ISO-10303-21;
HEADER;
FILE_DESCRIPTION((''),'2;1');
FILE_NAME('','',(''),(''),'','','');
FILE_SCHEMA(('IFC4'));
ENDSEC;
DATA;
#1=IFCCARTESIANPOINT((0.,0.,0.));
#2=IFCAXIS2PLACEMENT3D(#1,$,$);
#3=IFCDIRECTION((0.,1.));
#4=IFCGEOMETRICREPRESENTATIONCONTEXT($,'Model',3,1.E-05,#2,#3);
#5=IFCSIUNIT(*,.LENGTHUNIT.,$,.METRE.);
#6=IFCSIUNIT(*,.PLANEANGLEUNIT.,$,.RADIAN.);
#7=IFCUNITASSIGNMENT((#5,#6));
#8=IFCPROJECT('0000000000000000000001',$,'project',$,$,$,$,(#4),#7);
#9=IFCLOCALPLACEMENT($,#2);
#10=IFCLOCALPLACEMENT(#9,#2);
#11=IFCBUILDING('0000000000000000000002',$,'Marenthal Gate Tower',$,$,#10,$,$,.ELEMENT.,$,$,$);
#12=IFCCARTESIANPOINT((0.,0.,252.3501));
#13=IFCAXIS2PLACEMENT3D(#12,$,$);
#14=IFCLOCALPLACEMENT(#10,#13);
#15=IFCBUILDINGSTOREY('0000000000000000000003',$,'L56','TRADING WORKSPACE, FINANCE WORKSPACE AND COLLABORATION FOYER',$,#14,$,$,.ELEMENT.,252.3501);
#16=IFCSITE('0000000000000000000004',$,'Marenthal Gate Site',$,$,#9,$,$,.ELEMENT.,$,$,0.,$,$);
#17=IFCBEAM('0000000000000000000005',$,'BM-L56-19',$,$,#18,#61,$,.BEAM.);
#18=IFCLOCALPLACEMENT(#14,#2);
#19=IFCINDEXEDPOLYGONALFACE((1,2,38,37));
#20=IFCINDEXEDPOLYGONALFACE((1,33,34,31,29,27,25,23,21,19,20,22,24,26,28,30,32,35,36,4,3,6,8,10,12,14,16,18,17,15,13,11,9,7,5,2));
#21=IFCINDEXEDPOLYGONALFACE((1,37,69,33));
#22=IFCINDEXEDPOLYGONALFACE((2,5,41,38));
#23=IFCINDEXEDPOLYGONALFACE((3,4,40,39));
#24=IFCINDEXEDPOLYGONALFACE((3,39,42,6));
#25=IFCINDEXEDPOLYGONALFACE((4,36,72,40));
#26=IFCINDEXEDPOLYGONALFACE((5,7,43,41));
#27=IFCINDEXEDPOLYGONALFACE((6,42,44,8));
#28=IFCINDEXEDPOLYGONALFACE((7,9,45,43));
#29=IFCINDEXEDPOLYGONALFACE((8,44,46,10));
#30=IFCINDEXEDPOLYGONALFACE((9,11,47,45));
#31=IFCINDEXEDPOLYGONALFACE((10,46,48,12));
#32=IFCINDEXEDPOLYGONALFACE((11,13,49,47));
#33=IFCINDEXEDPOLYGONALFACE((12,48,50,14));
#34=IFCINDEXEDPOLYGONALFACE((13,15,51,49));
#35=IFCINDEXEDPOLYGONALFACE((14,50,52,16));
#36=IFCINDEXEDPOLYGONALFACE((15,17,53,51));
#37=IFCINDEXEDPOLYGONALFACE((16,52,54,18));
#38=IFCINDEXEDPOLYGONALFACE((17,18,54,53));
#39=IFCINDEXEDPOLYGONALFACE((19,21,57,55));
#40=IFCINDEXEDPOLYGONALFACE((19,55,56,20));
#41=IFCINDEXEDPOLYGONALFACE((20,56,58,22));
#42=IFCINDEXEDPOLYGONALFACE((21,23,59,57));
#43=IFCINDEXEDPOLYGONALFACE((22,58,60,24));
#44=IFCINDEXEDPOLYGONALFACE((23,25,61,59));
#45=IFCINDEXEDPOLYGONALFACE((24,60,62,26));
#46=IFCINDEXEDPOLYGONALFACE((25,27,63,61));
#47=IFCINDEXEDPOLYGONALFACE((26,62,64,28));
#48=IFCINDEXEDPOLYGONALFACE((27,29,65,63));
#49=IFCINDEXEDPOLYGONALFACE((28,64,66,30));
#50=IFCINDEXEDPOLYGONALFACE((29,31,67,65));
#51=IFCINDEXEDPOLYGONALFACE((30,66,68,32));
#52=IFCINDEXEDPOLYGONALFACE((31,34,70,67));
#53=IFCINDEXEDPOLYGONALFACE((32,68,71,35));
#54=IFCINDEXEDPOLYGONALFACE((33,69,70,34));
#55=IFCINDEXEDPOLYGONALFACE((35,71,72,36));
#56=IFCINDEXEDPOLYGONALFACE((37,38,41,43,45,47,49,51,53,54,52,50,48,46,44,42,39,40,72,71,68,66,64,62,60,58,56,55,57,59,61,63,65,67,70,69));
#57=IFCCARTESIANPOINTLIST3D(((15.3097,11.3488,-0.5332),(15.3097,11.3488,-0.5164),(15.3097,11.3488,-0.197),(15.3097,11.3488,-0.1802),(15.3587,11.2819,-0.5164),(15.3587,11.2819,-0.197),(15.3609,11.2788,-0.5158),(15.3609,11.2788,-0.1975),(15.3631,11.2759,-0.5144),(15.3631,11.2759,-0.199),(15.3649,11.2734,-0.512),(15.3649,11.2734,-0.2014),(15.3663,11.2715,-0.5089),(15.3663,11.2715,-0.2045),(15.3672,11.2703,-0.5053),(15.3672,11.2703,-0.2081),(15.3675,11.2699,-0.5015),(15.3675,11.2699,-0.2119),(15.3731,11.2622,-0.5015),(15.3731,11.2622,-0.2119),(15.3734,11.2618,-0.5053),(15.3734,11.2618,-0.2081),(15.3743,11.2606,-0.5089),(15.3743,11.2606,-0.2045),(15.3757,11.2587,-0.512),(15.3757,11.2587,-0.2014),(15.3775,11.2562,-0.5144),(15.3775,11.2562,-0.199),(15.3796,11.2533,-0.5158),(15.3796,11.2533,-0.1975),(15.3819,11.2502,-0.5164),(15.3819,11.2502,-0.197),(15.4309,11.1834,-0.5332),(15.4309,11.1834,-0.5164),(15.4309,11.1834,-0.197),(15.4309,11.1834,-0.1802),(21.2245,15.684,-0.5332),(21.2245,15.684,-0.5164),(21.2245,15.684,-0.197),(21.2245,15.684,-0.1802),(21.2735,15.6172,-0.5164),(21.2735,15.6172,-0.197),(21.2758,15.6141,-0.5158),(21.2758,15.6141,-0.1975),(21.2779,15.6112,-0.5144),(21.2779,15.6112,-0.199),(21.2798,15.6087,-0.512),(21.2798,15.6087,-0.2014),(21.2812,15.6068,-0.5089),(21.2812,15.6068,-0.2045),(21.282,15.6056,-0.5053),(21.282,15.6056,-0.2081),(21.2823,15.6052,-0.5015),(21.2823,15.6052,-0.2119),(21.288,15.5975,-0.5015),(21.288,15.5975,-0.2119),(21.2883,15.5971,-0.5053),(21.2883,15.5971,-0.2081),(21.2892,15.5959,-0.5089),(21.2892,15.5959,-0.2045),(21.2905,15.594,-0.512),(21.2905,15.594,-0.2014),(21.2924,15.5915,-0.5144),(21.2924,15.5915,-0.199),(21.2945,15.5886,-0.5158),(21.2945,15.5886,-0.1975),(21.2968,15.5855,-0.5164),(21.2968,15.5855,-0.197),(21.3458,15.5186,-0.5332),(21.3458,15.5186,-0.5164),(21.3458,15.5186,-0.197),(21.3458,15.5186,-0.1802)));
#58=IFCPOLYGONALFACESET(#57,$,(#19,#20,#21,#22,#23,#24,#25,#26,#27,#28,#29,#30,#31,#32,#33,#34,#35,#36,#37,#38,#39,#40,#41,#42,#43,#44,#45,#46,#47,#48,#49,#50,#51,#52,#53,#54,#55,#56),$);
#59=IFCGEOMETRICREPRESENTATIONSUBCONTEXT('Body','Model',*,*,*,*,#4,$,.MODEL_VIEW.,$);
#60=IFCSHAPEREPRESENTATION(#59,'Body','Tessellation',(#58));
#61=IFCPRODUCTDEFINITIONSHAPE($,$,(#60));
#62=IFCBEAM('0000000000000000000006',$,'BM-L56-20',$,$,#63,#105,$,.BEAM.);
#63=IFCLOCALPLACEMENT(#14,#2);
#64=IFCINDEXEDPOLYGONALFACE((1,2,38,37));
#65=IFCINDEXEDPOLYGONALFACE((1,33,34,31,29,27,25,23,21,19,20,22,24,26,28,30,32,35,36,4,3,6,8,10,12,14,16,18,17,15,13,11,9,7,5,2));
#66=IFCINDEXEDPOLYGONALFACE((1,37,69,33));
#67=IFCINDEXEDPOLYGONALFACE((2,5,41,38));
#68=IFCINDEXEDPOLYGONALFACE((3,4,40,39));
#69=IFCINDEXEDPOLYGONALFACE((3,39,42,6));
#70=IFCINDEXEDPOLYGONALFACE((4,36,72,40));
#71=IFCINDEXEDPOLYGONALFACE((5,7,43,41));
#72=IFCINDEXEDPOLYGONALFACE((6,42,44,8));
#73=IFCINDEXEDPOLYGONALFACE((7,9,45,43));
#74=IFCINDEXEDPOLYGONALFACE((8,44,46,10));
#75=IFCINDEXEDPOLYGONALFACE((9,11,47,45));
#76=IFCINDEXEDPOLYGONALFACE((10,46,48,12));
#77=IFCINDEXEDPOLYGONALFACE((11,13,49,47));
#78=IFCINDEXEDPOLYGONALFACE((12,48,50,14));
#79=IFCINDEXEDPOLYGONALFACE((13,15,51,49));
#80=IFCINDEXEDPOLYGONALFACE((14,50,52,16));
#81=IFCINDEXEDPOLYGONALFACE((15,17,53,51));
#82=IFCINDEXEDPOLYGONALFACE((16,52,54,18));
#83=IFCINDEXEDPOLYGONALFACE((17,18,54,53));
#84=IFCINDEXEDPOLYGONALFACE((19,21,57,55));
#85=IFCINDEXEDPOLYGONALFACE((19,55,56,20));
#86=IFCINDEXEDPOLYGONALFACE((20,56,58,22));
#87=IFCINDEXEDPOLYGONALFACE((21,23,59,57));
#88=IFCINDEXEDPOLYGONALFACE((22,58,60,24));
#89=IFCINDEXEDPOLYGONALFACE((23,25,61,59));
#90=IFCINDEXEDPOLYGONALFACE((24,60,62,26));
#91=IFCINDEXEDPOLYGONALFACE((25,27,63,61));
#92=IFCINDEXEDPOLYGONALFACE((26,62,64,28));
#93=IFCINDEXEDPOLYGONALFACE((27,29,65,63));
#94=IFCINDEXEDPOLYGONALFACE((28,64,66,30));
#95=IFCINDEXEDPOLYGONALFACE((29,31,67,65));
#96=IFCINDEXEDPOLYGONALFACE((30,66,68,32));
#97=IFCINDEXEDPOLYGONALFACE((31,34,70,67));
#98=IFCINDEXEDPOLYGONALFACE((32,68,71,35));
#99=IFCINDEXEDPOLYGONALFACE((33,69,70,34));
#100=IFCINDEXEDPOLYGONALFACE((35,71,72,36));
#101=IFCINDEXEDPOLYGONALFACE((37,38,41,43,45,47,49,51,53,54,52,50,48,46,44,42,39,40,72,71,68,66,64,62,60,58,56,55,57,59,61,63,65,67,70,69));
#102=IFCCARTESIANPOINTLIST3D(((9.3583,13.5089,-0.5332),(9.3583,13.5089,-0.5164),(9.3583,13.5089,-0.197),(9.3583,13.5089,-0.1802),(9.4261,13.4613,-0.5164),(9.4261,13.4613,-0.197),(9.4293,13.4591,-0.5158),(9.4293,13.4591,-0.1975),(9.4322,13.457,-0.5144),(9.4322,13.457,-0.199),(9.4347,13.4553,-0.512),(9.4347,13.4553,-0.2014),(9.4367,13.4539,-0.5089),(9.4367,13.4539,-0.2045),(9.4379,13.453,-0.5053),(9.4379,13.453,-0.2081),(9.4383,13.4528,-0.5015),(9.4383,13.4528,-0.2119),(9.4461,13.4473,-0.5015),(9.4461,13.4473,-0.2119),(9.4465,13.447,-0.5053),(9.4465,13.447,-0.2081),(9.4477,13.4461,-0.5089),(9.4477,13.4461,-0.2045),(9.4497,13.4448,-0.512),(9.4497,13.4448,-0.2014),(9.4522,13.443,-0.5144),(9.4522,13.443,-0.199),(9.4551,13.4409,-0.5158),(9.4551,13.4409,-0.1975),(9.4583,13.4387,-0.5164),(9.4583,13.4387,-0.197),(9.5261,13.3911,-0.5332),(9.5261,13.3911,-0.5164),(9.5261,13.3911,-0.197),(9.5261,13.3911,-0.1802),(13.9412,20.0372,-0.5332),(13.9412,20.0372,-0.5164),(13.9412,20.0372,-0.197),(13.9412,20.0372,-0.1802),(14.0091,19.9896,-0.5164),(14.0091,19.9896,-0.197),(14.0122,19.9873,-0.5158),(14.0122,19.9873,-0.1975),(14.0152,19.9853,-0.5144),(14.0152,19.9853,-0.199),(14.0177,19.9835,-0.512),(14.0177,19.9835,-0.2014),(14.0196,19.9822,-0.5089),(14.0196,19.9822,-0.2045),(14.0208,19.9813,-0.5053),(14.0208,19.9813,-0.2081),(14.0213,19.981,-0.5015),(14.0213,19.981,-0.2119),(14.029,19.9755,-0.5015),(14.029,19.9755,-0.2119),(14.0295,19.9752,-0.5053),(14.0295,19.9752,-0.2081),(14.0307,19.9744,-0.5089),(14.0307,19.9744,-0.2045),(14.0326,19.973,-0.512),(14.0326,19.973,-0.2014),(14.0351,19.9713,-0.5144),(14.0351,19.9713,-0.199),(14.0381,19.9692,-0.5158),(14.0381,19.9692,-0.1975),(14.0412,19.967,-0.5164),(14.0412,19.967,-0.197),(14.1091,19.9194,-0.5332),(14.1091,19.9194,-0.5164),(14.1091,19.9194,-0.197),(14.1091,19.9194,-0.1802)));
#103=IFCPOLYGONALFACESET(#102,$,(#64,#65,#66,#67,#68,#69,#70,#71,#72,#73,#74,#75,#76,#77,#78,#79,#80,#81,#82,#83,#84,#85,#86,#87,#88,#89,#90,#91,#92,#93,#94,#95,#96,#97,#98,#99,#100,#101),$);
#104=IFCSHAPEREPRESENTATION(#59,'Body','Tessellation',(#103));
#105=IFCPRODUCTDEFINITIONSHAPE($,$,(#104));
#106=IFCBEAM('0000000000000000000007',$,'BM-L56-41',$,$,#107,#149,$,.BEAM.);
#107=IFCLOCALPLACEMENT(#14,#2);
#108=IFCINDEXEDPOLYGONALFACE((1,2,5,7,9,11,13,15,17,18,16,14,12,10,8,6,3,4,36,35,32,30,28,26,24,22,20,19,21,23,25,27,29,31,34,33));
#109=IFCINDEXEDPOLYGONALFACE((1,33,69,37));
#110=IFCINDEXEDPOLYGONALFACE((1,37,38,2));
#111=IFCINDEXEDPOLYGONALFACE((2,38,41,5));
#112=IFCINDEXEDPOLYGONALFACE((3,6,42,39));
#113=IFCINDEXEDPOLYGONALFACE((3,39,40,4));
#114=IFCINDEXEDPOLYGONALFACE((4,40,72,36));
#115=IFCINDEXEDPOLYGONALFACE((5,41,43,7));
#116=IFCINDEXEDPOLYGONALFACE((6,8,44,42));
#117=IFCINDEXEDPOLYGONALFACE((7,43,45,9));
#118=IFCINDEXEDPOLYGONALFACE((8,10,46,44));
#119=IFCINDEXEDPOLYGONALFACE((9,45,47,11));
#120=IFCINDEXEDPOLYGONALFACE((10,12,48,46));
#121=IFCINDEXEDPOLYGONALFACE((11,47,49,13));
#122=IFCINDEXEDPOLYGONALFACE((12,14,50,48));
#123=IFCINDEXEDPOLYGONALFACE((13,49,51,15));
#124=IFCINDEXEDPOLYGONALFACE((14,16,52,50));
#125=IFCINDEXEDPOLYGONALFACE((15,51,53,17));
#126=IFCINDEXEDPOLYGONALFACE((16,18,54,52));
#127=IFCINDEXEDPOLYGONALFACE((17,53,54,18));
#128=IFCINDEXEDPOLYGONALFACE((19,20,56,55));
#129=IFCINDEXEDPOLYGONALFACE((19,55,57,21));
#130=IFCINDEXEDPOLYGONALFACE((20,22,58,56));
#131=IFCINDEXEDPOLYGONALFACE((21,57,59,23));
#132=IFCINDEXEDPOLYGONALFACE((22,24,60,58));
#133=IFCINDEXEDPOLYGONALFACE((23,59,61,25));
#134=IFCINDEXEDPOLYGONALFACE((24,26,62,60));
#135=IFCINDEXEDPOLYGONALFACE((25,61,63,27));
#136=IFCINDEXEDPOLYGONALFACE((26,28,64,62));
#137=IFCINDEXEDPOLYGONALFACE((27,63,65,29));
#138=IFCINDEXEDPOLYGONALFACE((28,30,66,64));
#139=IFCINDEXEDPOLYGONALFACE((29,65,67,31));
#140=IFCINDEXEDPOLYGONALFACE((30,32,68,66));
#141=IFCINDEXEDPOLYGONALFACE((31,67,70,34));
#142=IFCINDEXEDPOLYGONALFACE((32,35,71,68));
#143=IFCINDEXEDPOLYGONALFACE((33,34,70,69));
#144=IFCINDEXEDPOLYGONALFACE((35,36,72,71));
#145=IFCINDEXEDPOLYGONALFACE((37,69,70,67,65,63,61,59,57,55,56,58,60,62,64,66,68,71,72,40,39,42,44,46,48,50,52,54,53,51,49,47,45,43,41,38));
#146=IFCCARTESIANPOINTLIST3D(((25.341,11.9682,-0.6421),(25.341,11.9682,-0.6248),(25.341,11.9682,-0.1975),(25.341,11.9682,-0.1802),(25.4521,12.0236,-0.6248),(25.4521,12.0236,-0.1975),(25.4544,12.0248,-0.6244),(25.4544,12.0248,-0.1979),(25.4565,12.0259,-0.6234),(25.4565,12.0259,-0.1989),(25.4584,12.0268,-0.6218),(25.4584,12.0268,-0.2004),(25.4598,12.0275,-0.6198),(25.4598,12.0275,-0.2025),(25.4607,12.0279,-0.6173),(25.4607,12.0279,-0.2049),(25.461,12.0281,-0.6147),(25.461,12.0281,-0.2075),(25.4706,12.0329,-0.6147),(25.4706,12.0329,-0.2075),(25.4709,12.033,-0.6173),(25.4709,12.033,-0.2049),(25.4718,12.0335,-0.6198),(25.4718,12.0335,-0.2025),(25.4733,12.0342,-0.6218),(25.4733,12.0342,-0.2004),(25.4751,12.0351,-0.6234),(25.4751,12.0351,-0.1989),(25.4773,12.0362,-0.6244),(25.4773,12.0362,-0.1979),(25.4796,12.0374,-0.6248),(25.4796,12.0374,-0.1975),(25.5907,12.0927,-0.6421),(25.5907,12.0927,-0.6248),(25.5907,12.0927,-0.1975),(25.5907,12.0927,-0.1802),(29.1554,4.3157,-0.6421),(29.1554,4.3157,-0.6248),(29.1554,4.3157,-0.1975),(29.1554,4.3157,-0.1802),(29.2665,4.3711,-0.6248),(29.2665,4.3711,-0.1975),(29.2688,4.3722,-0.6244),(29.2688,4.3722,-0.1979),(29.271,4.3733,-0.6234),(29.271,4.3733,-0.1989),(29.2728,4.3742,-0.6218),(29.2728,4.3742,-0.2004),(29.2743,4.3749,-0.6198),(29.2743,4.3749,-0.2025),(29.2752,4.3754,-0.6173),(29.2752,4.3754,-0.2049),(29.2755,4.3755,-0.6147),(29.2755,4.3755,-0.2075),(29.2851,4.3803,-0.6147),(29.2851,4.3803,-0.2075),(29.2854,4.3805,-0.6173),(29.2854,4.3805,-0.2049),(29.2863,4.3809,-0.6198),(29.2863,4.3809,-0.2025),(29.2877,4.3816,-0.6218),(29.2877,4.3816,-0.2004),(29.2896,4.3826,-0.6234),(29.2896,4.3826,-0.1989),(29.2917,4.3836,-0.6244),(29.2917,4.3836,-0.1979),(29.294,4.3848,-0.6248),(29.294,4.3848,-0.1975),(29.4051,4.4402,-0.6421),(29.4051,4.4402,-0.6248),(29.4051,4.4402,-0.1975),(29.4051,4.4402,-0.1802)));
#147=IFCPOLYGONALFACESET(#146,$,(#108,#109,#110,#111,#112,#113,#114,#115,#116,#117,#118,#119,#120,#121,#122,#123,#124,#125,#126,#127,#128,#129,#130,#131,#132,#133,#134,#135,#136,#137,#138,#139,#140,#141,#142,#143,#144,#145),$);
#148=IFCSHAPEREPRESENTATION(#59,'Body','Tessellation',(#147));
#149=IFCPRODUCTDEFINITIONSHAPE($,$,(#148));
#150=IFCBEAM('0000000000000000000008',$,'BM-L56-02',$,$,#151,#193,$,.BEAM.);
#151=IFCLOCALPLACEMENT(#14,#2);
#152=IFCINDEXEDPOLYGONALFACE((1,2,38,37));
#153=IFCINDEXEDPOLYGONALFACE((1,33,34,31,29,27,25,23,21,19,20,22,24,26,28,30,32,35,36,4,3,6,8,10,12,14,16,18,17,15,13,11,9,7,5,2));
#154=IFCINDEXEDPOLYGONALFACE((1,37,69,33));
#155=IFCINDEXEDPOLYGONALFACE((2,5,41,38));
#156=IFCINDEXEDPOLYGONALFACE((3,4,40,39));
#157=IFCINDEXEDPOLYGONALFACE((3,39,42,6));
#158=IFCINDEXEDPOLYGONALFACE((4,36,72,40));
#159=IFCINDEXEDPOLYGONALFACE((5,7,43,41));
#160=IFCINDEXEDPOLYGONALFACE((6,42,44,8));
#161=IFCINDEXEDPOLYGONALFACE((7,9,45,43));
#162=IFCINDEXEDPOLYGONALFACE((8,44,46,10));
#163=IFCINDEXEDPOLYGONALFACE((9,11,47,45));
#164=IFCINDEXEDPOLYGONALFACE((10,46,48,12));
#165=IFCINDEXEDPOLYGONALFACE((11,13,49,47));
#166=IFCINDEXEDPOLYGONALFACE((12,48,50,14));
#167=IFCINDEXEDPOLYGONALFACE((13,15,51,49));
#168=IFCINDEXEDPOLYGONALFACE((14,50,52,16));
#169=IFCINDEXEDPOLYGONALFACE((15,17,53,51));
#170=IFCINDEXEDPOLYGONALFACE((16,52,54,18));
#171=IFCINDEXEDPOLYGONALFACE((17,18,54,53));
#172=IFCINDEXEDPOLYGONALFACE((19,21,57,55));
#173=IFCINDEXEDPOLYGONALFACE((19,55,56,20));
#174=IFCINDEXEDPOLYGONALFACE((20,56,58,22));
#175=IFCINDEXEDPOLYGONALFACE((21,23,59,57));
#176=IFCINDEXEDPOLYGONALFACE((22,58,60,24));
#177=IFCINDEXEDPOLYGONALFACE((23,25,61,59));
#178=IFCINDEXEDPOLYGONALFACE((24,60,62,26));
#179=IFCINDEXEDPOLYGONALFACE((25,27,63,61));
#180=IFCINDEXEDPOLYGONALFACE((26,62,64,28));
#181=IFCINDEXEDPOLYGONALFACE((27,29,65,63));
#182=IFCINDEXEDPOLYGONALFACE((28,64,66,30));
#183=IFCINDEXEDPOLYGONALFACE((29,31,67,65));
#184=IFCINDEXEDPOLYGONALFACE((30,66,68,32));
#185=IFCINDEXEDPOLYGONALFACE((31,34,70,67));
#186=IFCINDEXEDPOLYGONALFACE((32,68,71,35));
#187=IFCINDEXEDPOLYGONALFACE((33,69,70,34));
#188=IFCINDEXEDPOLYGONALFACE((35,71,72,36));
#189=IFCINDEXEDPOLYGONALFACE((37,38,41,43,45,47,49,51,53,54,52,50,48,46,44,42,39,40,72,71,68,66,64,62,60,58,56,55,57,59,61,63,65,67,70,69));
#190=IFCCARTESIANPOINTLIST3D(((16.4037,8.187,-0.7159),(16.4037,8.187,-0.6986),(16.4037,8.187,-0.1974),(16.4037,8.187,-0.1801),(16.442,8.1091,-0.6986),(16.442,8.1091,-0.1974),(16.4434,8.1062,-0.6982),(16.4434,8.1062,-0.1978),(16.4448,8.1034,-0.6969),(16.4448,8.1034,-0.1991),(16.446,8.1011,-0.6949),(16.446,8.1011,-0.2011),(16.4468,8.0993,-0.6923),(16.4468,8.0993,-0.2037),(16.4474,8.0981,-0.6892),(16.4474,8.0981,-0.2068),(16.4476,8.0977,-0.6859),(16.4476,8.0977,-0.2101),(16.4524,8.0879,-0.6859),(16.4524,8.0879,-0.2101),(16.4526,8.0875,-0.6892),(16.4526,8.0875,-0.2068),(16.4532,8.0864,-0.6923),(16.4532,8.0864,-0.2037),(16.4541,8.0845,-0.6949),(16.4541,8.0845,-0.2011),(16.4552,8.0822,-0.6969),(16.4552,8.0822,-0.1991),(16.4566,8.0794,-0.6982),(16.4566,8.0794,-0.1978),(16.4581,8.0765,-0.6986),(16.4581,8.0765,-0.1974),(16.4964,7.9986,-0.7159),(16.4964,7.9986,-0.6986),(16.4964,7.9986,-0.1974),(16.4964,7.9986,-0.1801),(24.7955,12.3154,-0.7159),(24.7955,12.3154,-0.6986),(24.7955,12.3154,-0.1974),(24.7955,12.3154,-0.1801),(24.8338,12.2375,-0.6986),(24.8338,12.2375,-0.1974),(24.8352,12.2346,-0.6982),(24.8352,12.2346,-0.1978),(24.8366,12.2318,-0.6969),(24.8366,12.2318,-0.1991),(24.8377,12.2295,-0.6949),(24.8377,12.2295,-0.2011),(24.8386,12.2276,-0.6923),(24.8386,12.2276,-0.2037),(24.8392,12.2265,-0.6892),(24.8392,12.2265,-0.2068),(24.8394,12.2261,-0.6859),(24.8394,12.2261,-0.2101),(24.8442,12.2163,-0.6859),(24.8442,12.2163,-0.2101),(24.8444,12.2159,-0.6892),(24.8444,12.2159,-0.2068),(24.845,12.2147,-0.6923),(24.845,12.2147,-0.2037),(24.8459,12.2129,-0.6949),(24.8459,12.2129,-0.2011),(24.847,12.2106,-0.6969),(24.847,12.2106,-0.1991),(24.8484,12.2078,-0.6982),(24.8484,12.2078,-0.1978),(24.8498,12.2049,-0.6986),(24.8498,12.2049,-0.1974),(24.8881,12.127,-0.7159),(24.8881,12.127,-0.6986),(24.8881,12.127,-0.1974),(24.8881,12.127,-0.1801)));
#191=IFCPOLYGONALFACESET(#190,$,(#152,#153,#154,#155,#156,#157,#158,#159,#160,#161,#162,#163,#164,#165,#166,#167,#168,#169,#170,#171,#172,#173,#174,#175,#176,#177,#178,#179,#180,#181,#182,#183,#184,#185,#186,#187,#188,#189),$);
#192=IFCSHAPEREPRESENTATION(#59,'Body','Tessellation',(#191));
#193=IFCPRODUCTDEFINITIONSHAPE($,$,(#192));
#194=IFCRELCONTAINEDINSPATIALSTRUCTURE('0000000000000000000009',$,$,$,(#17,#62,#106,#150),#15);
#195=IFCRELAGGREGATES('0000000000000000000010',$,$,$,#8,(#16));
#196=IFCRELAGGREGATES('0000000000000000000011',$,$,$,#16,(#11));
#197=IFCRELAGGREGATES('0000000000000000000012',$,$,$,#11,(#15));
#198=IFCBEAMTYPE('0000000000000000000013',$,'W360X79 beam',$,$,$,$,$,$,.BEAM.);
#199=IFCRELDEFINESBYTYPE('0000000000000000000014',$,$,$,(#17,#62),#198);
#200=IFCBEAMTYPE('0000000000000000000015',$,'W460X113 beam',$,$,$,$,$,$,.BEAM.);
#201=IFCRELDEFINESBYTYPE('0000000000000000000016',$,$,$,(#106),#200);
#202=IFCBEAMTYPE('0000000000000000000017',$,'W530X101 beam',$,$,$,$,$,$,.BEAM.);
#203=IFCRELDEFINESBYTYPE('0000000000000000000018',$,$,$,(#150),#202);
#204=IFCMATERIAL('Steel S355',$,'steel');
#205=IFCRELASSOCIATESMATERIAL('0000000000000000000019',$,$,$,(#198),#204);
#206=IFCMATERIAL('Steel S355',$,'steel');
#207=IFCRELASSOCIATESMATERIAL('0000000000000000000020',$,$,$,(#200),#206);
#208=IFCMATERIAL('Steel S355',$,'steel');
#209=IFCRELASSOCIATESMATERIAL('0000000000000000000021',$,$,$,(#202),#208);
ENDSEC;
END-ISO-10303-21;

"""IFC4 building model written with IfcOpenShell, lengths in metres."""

from ifc_helpers import new_model, si_unit, direction, frame, origin, origin_2d, place, context, subcontext, project, spatial, i_section, extrude, material, material_profile, profile_set, type_object, element, save


model = new_model("IFC4")

# Units and contexts
model_context = context("Model", 3, precision=1e-05, world=origin(), true_north=direction((0.0, 1.0)))
body_context = subcontext(model_context, "Body", "Model", "MODEL_VIEW")
ifc_project = project(units=[si_unit("LENGTHUNIT", "METRE"), si_unit("PLANEANGLEUNIT", "RADIAN")], contexts=[model_context])

# Site, building, storey
site_placement = place(None, origin())
site = spatial("IfcSite", under=ifc_project, at=site_placement, Name="Marenthal Gate Site", CompositionType="ELEMENT", RefElevation=0.0)
building_placement = place(site_placement, origin())
building = spatial("IfcBuilding", under=site, at=building_placement, Name="Marenthal Gate Tower", CompositionType="ELEMENT")
storey_placement = place(building_placement, frame((0.0, 0.0, 252.3501)))
storey = spatial("IfcBuildingStorey", under=building, at=storey_placement, Name="L56", Description="TRADING WORKSPACE, FINANCE WORKSPACE AND COLLABORATION FOYER", CompositionType="ELEMENT", Elevation=252.3501)

# Beams
ifc_material_1 = material(Name="Steel S355", Category="steel")
ifc_material_profile_1 = material_profile(ifc_material_1, i_section(OverallWidth=0.2051, OverallDepth=0.353, WebThickness=0.0095, FlangeThickness=0.0168, FilletRadius=0.0149, at=origin_2d()), Name="W360X79")
ifc_profile_set_1 = profile_set([ifc_material_profile_1], Name="Steel S355")
beam_type_1 = type_object("IfcBeamType", Name="W360X79 beam", PredefinedType="BEAM", material=ifc_profile_set_1)
beam_1_placement = place(storey_placement, frame((21.2852, 15.6013, -0.3567), z_axis=(-0.806555, -0.591159, 0.0), x_axis=(0.591159, -0.806555, 0.0)))
element("IfcBeam", 1, at=beam_1_placement, inside=storey, type_object=beam_type_1, Name="BM-L56-19", PredefinedType="BEAM", context=body_context, shape_type="SweptSolid", body=[
    extrude(i_section(OverallWidth=0.2051, OverallDepth=0.353, WebThickness=0.0095, FlangeThickness=0.0168, FilletRadius=0.0149, at=origin_2d()), origin(), (0.0, 0.0, 1.0), 7.3335),
])
beam_2_placement = place(storey_placement, frame((14.0251, 19.9783, -0.3567), z_axis=(-0.574571, -0.818455, 0.0), x_axis=(0.818455, -0.574571, 0.0)))
element("IfcBeam", 2, at=beam_2_placement, inside=storey, type_object=beam_type_1, Name="BM-L56-20", PredefinedType="BEAM", context=body_context, shape_type="SweptSolid", body=[
    extrude(i_section(OverallWidth=0.2051, OverallDepth=0.353, WebThickness=0.0095, FlangeThickness=0.0168, FilletRadius=0.0149, at=origin_2d()), origin(), (0.0, 0.0, 1.0), 7.9763),
])
ifc_material_2 = material(Name="Steel S355", Category="steel")
ifc_material_profile_2 = material_profile(ifc_material_2, i_section(OverallWidth=0.2791, OverallDepth=0.4619, WebThickness=0.0107, FlangeThickness=0.0173, FilletRadius=0.01, at=origin_2d()), Name="W460X113")
ifc_profile_set_2 = profile_set([ifc_material_profile_2], Name="Steel S355")
beam_type_2 = type_object("IfcBeamType", Name="W460X113 beam", PredefinedType="BEAM", material=ifc_profile_set_2)
beam_3_placement = place(storey_placement, frame((29.2803, 4.3779, -0.4111), z_axis=(-0.446105, 0.89498, 0.0), x_axis=(-0.89498, -0.446105, 0.0)))
element("IfcBeam", 3, at=beam_3_placement, inside=storey, type_object=beam_type_2, Name="BM-L56-41", PredefinedType="BEAM", context=body_context, shape_type="SweptSolid", body=[
    extrude(i_section(OverallWidth=0.2791, OverallDepth=0.4619, WebThickness=0.0107, FlangeThickness=0.0173, FilletRadius=0.01, at=origin_2d()), origin(), (0.0, 0.0, 1.0), 8.5505),
])
ifc_material_3 = material(Name="Steel S355", Category="steel")
ifc_material_profile_3 = material_profile(ifc_material_3, i_section(OverallWidth=0.21, OverallDepth=0.5359, WebThickness=0.011, FlangeThickness=0.0173, FilletRadius=0.0127, at=origin_2d()), Name="W530X101")
ifc_profile_set_3 = profile_set([ifc_material_profile_3], Name="Steel S355")
beam_type_3 = type_object("IfcBeamType", Name="W530X101 beam", PredefinedType="BEAM", material=ifc_profile_set_3)
beam_4_placement = place(storey_placement, frame((24.8418, 12.2212, -0.448), z_axis=(-0.897296, -0.44143, 0.0), x_axis=(0.44143, -0.897296, 0.0)))
element("IfcBeam", 4, at=beam_4_placement, inside=storey, type_object=beam_type_3, Name="BM-L56-02", PredefinedType="BEAM", context=body_context, shape_type="SweptSolid", body=[
    extrude(i_section(OverallWidth=0.21, OverallDepth=0.5359, WebThickness=0.011, FlangeThickness=0.0173, FilletRadius=0.0127, at=origin_2d()), origin(), (0.0, 0.0, 1.0), 9.3523),
])

save(model, "model.ifc")
